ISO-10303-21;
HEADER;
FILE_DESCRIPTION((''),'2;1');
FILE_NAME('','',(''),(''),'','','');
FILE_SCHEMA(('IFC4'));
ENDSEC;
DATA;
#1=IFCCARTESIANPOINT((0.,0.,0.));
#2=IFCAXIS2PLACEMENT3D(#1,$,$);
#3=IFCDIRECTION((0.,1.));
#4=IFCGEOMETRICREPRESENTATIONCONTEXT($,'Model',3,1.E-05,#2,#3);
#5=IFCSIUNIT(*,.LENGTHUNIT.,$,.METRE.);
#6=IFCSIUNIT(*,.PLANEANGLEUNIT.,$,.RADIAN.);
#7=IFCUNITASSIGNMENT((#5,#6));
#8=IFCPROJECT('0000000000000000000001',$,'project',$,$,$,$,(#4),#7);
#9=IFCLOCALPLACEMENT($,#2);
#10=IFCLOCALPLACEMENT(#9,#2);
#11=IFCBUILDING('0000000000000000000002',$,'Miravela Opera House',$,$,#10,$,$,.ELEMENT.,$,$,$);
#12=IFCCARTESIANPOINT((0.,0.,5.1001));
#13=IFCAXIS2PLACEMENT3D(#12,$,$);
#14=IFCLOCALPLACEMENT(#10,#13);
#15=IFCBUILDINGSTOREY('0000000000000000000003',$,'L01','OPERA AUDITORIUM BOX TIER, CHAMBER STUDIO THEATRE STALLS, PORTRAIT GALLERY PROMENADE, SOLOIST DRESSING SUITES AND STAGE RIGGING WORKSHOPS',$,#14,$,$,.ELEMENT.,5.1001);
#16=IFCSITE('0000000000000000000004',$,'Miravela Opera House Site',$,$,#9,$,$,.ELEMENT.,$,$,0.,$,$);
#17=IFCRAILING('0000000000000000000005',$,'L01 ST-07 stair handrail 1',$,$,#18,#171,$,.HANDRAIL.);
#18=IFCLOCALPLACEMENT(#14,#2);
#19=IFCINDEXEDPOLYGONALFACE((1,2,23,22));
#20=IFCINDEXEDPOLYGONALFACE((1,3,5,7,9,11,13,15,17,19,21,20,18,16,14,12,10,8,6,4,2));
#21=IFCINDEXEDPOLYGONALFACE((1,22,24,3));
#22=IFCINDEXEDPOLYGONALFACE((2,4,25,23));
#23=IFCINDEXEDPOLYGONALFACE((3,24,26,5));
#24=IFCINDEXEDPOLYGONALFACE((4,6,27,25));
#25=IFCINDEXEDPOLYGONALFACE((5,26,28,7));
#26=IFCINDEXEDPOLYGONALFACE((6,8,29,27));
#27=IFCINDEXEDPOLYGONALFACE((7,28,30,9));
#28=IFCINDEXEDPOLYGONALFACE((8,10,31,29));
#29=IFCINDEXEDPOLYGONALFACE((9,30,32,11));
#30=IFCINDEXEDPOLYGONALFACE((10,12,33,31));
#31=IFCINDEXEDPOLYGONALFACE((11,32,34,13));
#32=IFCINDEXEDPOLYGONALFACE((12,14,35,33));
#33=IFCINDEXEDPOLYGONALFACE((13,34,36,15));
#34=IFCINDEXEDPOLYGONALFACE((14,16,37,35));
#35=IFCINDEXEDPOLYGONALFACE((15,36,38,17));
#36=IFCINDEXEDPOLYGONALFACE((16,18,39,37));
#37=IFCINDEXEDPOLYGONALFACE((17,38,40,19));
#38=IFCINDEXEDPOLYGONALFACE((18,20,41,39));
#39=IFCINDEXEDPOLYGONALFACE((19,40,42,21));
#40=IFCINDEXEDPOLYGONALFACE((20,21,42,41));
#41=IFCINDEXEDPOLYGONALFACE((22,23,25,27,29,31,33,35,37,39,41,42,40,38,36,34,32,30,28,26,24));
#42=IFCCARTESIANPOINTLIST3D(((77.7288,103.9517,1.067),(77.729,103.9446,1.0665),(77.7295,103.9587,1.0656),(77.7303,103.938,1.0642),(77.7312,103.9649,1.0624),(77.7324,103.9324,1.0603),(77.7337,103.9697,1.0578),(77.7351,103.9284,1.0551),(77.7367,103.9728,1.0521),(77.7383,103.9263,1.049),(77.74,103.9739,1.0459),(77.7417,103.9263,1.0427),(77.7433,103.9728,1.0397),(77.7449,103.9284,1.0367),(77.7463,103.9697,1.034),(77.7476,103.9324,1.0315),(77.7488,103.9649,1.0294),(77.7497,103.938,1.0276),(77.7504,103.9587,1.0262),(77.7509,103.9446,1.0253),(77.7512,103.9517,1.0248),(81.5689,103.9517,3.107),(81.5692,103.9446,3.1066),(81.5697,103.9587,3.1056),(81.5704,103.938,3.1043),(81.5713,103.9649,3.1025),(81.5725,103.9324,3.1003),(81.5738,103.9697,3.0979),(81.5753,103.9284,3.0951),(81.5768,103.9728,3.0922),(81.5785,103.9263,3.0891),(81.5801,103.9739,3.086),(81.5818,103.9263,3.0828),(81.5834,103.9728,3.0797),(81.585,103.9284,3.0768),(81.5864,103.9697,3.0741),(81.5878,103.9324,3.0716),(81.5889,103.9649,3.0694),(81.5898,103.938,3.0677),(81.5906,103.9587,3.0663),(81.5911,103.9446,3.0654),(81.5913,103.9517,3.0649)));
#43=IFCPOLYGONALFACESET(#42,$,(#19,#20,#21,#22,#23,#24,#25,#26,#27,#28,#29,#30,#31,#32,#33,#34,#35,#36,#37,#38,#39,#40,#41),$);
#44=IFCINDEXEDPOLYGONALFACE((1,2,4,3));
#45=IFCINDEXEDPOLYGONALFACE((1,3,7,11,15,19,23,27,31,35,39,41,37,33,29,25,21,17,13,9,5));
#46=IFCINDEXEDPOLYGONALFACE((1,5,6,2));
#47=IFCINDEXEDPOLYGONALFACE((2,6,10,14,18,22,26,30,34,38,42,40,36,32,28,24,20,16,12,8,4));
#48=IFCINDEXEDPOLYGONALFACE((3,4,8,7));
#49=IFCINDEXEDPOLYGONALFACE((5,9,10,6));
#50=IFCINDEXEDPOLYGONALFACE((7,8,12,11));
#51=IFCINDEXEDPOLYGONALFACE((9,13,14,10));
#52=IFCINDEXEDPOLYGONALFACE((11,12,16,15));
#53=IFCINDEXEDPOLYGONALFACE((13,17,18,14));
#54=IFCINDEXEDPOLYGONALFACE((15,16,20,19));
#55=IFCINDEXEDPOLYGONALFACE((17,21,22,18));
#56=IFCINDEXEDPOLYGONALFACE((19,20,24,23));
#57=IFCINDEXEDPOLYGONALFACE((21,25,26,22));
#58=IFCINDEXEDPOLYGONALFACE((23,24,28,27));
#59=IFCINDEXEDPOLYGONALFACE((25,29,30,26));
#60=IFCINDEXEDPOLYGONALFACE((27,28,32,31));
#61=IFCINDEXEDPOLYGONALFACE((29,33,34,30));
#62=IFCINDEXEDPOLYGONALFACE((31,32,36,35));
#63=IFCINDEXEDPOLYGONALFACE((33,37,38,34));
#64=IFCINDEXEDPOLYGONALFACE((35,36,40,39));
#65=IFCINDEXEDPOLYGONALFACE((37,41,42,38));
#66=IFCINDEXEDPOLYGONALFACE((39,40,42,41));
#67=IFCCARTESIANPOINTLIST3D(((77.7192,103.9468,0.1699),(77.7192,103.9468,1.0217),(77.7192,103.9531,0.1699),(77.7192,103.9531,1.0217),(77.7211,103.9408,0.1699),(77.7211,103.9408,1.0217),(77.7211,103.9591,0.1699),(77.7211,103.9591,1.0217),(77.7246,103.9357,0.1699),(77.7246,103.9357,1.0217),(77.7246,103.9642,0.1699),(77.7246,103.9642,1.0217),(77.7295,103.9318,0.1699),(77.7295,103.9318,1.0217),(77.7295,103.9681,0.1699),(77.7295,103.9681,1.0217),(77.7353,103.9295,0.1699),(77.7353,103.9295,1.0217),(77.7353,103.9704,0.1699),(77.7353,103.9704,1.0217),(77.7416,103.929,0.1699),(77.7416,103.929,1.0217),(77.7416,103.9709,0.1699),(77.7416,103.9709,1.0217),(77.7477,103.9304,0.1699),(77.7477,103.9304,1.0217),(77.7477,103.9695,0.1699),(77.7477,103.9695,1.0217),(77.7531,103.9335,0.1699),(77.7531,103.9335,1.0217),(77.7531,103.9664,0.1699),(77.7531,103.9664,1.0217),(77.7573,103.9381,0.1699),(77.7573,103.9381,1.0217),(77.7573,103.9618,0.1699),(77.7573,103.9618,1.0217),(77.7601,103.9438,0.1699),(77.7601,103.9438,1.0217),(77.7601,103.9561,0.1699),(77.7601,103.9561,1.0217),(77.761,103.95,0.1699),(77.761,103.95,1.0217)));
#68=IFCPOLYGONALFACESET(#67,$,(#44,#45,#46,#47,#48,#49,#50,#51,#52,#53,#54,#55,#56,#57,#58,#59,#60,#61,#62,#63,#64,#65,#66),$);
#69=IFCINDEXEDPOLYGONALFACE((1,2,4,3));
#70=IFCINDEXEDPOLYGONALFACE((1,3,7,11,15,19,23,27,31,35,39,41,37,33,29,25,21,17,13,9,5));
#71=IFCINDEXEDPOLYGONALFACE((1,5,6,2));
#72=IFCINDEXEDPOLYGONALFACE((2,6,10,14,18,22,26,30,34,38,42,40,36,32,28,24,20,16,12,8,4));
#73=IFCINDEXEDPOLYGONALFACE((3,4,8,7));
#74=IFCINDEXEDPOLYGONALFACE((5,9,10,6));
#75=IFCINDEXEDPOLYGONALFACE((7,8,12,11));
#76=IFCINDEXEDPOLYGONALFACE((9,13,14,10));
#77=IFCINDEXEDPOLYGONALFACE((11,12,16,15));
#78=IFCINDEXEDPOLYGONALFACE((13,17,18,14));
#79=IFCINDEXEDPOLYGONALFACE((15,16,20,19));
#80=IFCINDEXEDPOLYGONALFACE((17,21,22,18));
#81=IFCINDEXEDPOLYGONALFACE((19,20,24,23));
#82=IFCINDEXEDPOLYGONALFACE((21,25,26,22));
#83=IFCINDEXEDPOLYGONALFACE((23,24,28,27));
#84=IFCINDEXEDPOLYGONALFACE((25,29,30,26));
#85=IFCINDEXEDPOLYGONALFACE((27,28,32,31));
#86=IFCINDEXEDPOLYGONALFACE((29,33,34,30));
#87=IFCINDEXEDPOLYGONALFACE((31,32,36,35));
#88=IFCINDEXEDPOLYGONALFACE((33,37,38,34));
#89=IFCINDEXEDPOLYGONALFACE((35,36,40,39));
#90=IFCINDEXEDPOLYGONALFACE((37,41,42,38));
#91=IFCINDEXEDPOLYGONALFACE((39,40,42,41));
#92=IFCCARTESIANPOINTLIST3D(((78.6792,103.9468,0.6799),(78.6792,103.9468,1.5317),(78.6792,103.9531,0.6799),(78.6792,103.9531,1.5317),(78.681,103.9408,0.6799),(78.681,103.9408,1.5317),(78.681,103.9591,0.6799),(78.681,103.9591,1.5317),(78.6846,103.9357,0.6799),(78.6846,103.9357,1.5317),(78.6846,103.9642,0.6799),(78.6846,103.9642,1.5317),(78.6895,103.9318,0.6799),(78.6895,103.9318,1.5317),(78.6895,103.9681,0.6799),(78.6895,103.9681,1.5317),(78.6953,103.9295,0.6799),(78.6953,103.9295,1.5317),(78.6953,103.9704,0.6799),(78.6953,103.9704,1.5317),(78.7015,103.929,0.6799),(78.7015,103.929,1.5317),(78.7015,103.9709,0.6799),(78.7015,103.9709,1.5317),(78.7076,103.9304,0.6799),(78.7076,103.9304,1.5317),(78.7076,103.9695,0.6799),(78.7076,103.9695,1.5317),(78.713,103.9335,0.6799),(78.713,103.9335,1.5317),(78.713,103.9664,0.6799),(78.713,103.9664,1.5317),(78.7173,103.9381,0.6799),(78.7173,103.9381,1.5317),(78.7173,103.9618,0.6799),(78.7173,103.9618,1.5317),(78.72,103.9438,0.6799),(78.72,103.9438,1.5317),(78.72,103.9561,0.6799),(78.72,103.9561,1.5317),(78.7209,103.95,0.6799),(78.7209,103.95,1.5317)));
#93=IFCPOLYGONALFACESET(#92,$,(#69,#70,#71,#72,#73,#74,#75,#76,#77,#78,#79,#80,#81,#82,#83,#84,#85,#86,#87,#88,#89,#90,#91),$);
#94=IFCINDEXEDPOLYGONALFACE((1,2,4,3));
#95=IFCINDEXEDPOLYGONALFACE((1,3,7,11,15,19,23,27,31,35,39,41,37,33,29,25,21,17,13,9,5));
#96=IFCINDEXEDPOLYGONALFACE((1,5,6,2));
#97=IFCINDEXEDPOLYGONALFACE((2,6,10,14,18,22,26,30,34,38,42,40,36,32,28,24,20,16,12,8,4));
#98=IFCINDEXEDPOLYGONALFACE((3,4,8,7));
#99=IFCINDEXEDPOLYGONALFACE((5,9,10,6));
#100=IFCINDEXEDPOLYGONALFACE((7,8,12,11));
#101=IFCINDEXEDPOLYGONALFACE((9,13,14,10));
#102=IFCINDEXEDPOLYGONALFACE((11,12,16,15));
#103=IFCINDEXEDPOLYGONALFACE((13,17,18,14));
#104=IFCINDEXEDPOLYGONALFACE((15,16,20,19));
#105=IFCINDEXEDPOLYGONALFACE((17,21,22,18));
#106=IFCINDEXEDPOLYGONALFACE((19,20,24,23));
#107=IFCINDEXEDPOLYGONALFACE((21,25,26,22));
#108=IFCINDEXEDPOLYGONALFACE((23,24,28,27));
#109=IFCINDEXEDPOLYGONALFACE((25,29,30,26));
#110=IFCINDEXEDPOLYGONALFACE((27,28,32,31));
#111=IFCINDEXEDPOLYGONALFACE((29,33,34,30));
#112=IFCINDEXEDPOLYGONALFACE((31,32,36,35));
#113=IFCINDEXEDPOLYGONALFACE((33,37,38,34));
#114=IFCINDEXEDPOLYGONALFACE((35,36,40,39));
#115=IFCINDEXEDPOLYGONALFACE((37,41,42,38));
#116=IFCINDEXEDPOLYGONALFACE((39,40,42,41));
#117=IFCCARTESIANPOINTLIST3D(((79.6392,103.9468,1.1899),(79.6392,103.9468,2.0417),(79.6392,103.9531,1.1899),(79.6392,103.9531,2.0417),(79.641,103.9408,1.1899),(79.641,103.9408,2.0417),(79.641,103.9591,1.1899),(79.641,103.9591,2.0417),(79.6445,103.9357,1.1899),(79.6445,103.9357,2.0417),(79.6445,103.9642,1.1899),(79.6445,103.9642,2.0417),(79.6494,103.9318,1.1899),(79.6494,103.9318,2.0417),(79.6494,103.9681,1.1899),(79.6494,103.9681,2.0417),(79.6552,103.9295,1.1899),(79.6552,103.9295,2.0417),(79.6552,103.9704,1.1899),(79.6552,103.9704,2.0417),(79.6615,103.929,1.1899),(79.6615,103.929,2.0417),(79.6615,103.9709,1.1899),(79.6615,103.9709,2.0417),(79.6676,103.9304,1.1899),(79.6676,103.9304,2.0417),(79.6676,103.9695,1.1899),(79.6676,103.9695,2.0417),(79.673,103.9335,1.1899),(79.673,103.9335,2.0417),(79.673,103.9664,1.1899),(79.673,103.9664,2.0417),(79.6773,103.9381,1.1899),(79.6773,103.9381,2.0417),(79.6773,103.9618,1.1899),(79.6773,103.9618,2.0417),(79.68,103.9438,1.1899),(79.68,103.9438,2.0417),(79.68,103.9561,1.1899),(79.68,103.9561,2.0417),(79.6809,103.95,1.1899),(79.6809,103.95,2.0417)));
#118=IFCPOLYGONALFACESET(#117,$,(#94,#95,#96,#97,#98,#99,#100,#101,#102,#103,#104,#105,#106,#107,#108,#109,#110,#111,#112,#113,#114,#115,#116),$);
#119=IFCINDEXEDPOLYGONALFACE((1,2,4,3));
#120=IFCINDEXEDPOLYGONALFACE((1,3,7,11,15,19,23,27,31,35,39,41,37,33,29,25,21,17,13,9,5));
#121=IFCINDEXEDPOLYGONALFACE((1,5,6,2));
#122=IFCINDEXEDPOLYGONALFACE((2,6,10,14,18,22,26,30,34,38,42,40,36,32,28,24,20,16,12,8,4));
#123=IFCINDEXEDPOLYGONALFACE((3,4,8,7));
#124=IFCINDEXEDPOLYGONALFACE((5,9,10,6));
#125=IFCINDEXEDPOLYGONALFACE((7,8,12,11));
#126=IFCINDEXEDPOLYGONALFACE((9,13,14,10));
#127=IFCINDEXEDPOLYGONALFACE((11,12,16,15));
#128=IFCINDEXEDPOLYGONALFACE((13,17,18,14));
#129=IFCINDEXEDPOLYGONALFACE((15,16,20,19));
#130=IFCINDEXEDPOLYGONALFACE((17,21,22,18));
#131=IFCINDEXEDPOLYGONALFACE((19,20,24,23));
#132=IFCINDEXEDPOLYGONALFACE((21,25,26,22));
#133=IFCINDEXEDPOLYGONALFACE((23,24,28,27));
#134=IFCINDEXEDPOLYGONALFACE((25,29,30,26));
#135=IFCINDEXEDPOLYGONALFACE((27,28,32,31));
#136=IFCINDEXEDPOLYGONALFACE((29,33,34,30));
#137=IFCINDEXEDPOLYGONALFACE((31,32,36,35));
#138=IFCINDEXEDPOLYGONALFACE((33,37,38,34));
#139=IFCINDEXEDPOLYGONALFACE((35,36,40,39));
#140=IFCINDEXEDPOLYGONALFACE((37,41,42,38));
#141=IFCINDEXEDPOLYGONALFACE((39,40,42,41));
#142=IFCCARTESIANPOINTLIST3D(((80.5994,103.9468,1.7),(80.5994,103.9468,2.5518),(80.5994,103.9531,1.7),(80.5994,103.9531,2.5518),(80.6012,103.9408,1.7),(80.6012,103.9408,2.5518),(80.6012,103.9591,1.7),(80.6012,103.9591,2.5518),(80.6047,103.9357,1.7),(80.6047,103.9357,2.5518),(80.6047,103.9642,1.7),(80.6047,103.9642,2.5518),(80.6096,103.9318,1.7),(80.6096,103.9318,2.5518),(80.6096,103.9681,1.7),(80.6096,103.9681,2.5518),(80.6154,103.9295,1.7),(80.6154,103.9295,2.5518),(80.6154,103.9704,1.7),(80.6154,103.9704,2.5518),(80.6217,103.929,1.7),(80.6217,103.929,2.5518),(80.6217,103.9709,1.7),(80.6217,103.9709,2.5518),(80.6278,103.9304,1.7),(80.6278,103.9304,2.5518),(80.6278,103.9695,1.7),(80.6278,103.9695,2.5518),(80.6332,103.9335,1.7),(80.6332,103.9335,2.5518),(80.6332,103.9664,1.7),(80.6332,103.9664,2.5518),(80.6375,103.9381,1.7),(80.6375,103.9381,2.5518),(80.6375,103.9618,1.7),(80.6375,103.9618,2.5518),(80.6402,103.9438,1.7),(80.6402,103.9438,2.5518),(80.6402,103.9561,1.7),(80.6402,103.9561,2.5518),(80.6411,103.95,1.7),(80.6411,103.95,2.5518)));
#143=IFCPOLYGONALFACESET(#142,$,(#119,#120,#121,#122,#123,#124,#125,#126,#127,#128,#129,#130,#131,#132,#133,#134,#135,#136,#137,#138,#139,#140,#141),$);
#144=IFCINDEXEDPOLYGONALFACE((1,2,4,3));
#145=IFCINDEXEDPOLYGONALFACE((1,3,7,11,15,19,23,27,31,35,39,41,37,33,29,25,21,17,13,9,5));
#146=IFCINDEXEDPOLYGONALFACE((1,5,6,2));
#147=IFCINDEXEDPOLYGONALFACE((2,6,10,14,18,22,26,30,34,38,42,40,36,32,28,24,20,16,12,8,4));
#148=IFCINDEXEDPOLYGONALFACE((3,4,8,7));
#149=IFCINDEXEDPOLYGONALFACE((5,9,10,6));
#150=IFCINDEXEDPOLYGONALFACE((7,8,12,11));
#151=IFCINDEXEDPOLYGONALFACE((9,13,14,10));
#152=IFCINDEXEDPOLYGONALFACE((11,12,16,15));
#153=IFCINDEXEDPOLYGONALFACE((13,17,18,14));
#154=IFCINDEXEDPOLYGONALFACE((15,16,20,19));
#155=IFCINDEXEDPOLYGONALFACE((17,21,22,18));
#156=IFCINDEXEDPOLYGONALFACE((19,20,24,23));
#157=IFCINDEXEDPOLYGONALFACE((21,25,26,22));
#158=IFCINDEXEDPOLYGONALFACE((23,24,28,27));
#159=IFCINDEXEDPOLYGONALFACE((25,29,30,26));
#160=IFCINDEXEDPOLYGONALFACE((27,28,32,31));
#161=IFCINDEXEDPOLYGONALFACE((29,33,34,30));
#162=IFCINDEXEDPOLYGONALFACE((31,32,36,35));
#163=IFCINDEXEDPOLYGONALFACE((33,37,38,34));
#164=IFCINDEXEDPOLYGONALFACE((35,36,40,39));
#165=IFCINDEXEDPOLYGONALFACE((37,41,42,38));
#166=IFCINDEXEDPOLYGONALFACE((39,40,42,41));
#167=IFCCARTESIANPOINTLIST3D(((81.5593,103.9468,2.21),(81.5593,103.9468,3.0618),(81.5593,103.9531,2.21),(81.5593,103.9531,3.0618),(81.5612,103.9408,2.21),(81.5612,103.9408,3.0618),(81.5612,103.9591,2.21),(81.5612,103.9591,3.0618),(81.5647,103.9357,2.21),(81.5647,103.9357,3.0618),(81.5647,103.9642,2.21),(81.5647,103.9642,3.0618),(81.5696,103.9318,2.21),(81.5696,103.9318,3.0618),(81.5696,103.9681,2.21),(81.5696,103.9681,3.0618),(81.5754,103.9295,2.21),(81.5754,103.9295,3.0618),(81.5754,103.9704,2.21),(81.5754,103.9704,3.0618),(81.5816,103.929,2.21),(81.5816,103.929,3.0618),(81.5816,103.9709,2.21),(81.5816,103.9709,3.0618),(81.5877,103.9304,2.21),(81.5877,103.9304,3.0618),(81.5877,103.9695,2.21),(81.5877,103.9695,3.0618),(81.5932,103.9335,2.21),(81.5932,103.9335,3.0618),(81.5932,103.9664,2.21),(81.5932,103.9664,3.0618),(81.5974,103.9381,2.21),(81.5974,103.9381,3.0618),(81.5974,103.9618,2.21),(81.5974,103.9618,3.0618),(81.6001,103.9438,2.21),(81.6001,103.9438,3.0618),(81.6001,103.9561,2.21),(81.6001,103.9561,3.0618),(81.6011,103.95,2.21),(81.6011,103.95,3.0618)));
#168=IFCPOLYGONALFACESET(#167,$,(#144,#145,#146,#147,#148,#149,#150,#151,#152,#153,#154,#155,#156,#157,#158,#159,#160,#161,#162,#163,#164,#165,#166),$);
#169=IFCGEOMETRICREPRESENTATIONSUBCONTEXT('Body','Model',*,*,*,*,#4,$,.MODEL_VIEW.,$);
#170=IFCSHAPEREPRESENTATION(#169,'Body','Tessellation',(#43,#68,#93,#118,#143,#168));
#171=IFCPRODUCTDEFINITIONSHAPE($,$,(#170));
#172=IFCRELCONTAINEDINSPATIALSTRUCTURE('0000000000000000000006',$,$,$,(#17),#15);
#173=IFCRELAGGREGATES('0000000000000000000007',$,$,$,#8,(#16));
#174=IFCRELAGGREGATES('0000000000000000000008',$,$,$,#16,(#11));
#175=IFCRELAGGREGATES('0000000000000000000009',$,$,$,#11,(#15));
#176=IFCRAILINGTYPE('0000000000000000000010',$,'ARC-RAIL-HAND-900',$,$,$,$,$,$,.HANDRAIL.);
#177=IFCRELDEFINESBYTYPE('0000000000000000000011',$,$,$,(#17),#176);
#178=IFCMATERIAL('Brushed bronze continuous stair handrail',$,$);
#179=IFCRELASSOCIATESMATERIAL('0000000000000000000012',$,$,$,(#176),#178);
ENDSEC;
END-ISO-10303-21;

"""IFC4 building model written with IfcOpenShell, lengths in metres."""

from ifc_helpers import new_model, si_unit, direction, frame, origin, origin_2d, place, context, subcontext, project, spatial, circle, extrude, material, type_object, element, save


model = new_model("IFC4")

# Units and contexts
model_context = context("Model", 3, precision=1e-05, world=origin(), true_north=direction((0.0, 1.0)))
body_context = subcontext(model_context, "Body", "Model", "MODEL_VIEW")
ifc_project = project(units=[si_unit("LENGTHUNIT", "METRE"), si_unit("PLANEANGLEUNIT", "RADIAN")], contexts=[model_context])

# Site, building, storey
site_placement = place(None, origin())
site = spatial("IfcSite", under=ifc_project, at=site_placement, Name="Miravela Opera House Site", CompositionType="ELEMENT", RefElevation=0.0)
building_placement = place(site_placement, origin())
building = spatial("IfcBuilding", under=site, at=building_placement, Name="Miravela Opera House", CompositionType="ELEMENT")
storey_placement = place(building_placement, frame((0.0, 0.0, 5.1001)))
storey = spatial("IfcBuildingStorey", under=building, at=storey_placement, Name="L01", Description="OPERA AUDITORIUM BOX TIER, CHAMBER STUDIO THEATRE STALLS, PORTRAIT GALLERY PROMENADE, SOLOIST DRESSING SUITES AND STAGE RIGGING WORKSHOPS", CompositionType="ELEMENT", Elevation=5.1001)

# Railing
ifc_material_1 = material(Name="Brushed bronze continuous stair handrail")
railing_type_1 = type_object("IfcRailingType", Name="ARC-RAIL-HAND-900", PredefinedType="HANDRAIL", material=ifc_material_1)
railing_1_placement = place(storey_placement, frame((77.74, 103.95, 0.1699)))
element("IfcRailing", 1, at=railing_1_placement, inside=storey, type_object=railing_type_1, Name="L01 ST-07 stair handrail 1", PredefinedType="HANDRAIL", context=body_context, shape_type="SweptSolid", body=[
    extrude(circle(Radius=0.0239, at=origin_2d()), frame((0.0, 0.0, 0.876), z_axis=(0.883116, 0.0, 0.469154), x_axis=(0.0, 1.0, 0.0)), (0.0, 0.0, 1.0), 4.3484),
    extrude(circle(Radius=0.021, at=origin_2d()), origin(), (0.0, 0.0, 1.0), 0.8518),
    extrude(circle(Radius=0.021, at=origin_2d()), frame((0.96, 0.0, 0.51)), (0.0, 0.0, 1.0), 0.8518),
    extrude(circle(Radius=0.021, at=origin_2d()), frame((1.9199, 0.0, 1.02)), (0.0, 0.0, 1.0), 0.8518),
    extrude(circle(Radius=0.021, at=origin_2d()), frame((2.8801, 0.0, 1.53)), (0.0, 0.0, 1.0), 0.8518),
    extrude(circle(Radius=0.021, at=origin_2d()), frame((3.8401, 0.0, 2.04)), (0.0, 0.0, 1.0), 0.8518),
])

save(model, "model.ifc")
